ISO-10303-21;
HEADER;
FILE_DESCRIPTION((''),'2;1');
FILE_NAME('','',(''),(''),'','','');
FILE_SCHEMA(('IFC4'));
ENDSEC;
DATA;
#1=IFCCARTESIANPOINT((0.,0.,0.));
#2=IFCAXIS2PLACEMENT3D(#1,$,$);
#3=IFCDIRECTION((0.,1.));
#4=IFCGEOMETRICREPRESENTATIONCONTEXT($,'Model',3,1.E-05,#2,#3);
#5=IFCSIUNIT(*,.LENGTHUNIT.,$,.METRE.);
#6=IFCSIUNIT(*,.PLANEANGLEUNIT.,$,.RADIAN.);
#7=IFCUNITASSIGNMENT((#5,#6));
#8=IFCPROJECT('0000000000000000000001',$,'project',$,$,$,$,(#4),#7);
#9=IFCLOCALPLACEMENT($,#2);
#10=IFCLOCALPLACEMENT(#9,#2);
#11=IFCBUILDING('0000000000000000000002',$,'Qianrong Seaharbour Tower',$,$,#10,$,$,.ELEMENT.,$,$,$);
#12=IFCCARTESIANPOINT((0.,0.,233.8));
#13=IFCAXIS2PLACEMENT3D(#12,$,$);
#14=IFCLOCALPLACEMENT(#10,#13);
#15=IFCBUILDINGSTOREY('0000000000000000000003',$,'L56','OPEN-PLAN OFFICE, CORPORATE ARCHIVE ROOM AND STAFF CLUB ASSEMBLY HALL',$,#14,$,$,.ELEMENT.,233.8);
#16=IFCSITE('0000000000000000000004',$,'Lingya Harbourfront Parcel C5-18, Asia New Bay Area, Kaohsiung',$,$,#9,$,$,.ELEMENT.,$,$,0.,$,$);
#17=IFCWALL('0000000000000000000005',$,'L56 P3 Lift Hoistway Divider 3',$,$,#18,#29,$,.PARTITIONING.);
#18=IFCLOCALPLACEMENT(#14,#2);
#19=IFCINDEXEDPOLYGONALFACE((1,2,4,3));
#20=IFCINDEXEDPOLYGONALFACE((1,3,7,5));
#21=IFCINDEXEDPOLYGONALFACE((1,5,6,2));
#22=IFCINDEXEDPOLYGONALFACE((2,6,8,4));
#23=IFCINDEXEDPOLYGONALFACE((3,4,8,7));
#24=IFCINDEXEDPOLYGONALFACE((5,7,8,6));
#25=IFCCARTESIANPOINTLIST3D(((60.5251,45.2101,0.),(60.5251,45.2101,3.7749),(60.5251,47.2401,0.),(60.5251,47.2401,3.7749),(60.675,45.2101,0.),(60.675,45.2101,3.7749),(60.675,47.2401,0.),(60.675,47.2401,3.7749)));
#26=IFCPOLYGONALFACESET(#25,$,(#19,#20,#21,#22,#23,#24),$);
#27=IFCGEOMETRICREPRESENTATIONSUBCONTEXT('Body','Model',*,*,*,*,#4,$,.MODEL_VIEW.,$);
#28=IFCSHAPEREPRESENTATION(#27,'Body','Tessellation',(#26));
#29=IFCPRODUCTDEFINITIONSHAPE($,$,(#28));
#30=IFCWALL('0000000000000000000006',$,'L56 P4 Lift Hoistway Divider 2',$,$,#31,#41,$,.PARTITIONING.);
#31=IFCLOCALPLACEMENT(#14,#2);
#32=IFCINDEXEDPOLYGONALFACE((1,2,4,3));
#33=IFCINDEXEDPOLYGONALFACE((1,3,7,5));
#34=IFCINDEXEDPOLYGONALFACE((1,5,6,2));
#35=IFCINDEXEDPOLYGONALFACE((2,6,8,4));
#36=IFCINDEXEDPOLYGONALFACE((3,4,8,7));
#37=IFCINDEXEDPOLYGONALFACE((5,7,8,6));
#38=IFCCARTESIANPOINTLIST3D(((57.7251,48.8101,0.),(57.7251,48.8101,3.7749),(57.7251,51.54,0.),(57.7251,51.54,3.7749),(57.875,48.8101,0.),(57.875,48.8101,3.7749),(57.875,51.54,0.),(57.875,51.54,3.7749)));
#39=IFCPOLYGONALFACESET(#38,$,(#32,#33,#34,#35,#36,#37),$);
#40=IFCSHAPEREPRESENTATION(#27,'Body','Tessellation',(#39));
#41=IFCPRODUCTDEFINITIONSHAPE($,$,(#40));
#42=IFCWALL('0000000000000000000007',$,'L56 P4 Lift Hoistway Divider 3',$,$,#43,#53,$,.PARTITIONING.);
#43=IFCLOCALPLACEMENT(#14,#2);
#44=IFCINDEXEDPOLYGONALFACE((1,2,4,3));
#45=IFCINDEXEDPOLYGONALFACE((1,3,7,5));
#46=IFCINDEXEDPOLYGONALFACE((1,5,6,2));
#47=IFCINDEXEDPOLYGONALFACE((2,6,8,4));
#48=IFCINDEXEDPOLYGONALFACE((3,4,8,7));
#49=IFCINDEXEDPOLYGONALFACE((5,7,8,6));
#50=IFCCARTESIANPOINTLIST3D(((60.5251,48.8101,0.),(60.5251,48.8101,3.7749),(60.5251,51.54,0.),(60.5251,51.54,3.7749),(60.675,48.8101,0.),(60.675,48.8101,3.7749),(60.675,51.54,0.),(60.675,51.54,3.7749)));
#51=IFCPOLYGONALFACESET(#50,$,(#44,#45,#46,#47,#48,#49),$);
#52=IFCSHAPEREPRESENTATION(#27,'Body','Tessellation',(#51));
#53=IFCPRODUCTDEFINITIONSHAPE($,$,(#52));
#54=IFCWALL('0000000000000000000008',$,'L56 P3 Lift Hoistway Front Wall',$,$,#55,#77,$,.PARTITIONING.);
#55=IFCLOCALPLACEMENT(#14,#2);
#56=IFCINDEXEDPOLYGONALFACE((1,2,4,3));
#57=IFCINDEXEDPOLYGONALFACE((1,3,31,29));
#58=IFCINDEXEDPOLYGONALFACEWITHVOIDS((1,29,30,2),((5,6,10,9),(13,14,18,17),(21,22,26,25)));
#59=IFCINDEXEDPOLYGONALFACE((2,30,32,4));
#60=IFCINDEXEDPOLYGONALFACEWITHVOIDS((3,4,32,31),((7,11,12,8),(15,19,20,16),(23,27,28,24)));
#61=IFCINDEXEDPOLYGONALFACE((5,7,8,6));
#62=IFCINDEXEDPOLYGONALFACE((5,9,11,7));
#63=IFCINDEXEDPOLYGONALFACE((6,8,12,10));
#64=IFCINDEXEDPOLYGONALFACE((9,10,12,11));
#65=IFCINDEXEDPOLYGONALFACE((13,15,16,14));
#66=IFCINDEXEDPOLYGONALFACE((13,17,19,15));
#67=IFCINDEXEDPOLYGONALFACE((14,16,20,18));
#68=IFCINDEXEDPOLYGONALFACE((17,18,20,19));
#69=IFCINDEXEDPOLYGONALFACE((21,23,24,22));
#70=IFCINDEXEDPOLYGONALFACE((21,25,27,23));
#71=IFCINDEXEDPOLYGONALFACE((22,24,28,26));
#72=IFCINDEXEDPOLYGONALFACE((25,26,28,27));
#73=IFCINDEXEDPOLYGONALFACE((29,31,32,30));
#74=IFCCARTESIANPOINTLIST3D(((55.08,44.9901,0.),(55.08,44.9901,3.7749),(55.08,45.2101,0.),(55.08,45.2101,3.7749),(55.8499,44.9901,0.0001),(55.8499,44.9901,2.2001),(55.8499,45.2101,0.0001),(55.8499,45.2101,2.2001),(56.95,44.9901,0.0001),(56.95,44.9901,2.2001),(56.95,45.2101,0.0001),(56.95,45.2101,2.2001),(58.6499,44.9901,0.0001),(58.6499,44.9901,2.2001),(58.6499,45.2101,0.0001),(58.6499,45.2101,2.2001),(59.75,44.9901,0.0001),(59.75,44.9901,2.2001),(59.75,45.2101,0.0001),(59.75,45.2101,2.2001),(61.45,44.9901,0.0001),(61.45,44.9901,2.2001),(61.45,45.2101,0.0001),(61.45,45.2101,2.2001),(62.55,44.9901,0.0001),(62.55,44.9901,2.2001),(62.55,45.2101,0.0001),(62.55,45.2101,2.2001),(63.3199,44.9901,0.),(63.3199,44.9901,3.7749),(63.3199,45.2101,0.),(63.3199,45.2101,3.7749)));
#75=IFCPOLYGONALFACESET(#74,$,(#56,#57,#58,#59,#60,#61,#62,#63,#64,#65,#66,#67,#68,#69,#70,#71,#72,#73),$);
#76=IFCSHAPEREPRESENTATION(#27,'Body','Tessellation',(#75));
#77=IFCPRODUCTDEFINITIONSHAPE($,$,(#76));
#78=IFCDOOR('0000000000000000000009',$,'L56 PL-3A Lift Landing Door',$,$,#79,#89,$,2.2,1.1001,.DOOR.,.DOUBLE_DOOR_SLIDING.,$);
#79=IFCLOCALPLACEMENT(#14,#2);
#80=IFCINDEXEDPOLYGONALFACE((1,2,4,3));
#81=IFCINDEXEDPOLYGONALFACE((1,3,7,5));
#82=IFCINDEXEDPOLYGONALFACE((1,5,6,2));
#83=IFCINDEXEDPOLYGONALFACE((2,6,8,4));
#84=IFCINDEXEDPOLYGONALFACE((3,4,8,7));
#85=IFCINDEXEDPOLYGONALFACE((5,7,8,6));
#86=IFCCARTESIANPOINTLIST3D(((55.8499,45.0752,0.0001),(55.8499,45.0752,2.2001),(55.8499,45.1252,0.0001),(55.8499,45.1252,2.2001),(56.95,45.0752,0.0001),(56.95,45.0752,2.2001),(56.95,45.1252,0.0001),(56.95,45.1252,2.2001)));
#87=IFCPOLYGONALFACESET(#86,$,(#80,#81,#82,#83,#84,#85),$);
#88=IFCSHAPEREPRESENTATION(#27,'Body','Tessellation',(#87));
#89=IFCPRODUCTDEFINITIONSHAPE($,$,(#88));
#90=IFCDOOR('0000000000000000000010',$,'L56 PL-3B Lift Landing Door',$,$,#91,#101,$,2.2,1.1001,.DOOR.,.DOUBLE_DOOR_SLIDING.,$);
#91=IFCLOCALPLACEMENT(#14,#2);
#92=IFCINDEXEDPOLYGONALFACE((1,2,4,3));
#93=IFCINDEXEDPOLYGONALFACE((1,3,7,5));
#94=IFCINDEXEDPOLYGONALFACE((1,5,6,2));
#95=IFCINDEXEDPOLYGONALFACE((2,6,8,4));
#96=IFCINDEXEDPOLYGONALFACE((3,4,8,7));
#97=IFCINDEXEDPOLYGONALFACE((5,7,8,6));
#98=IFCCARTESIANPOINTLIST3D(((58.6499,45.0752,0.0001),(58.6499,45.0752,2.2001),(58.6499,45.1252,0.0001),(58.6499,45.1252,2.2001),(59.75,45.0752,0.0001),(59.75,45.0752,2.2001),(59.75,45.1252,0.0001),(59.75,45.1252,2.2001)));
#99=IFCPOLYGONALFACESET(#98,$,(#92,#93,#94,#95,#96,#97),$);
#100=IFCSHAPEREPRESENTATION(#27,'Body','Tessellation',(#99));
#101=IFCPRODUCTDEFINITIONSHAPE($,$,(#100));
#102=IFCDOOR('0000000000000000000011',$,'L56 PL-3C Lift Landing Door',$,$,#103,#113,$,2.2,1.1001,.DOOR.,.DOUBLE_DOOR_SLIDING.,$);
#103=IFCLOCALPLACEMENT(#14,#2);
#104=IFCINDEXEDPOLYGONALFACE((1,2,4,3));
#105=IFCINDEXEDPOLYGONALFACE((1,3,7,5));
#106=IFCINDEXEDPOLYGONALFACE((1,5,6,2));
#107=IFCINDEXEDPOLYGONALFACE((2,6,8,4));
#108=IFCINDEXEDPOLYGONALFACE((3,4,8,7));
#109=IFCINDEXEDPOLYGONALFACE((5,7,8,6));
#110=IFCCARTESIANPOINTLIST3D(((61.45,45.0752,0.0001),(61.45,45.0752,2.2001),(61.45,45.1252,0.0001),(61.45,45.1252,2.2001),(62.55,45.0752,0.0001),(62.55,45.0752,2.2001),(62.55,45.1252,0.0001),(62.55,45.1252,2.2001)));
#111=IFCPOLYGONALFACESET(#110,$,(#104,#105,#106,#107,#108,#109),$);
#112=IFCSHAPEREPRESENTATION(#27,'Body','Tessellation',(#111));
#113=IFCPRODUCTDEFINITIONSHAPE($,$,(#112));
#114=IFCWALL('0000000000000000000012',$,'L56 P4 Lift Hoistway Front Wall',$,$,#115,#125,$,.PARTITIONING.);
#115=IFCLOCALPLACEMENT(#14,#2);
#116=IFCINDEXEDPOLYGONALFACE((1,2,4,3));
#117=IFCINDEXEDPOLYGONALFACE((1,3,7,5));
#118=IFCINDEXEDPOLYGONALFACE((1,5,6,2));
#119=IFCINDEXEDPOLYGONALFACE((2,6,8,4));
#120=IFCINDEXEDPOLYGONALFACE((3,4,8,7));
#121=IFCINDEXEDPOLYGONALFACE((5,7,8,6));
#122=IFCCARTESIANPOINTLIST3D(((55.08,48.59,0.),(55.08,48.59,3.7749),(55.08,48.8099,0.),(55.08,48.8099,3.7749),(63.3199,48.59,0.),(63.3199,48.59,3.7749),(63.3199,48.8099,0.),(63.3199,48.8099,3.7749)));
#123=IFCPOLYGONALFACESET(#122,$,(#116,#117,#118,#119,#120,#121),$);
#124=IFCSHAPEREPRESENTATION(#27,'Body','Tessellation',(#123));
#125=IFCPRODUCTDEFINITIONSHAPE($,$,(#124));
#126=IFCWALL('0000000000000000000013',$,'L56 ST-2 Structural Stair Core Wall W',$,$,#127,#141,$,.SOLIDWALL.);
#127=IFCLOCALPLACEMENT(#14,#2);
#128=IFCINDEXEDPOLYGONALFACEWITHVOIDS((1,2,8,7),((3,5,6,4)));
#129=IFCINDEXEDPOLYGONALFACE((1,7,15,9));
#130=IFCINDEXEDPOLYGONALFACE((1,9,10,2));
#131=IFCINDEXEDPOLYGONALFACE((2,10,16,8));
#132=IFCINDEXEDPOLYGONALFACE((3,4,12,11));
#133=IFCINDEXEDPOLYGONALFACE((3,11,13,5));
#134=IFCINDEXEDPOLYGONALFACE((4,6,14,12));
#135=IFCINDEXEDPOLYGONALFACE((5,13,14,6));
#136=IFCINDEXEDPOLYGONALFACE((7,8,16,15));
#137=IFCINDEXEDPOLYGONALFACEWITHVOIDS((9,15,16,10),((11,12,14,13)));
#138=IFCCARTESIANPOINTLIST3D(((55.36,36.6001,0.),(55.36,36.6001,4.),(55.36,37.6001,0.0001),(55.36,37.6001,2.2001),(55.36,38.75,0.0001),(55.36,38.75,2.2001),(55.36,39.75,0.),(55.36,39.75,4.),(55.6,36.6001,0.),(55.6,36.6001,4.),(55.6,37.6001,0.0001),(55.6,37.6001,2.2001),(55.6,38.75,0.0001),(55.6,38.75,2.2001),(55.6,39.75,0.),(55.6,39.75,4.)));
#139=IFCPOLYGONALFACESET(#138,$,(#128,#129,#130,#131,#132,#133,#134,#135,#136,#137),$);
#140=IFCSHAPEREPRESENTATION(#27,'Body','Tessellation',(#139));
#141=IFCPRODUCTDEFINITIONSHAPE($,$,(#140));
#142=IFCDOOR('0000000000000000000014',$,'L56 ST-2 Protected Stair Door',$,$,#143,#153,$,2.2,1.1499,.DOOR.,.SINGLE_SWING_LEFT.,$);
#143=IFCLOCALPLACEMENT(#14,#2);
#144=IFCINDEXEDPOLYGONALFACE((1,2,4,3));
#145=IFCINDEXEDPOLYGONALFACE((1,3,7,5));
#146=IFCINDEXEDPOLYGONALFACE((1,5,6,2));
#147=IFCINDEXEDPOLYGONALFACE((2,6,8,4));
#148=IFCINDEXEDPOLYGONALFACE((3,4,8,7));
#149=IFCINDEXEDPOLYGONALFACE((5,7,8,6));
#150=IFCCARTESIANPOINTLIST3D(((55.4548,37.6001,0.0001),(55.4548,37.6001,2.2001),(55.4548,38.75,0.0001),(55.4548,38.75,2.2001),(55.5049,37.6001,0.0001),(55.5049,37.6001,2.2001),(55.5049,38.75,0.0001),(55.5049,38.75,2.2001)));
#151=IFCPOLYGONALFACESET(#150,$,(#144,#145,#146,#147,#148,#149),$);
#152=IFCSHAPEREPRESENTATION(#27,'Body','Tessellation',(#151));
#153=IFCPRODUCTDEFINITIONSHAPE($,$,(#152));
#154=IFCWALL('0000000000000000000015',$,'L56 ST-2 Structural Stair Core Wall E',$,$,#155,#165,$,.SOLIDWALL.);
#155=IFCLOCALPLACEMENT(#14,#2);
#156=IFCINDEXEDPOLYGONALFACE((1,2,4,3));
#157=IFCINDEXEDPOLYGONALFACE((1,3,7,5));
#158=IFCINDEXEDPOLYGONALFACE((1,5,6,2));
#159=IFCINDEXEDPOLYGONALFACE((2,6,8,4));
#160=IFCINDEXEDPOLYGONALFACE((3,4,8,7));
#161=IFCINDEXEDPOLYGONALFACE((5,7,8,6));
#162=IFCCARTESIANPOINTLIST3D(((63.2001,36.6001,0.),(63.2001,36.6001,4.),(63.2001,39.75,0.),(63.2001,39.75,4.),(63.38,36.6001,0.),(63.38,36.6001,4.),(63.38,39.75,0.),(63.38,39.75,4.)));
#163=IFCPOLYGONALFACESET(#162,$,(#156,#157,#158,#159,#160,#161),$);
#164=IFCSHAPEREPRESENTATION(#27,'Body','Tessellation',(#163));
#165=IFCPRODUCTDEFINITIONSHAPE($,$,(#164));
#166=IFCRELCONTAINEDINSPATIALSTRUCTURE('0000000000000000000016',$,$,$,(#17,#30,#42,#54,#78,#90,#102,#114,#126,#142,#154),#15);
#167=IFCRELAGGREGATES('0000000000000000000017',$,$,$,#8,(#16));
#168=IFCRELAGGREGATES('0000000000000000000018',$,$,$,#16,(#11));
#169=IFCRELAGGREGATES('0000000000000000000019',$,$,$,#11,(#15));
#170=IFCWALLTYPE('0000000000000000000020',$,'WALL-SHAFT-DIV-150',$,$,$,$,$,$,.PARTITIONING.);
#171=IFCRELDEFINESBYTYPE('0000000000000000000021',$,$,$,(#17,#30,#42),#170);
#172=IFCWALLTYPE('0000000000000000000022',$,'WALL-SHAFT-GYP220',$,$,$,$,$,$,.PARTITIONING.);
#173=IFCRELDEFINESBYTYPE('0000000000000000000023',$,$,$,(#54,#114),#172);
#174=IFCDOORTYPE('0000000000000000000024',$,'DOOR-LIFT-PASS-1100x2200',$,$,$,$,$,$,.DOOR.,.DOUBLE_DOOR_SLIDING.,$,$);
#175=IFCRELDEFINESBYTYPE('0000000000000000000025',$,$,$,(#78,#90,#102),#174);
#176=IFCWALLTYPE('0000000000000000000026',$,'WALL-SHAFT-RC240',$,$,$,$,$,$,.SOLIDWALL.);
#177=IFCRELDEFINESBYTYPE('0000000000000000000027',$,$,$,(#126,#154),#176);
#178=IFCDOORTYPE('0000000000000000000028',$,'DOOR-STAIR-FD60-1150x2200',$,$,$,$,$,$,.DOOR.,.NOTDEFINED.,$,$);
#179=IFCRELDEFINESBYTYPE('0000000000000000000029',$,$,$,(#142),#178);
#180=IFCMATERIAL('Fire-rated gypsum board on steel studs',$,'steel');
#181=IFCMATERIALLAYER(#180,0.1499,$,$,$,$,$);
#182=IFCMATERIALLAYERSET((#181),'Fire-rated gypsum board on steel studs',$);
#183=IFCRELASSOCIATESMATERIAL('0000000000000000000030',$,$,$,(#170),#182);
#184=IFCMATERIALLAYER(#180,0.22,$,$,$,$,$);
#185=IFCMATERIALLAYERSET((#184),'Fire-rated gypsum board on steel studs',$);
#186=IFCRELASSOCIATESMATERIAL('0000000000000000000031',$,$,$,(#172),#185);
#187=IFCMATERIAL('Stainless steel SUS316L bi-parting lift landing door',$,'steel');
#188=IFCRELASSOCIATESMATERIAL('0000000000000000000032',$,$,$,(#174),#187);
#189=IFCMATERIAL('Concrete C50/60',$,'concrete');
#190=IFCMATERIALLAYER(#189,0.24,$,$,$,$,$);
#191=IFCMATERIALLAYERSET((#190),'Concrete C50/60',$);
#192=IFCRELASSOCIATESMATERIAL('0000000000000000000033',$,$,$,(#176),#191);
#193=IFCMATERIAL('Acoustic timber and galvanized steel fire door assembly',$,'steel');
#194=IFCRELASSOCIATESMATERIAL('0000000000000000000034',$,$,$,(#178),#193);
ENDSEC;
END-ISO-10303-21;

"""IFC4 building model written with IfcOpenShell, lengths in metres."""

from ifc_helpers import new_model, si_unit, direction, frame, frame_2d, origin, place, context, subcontext, project, spatial, rectangle, extrude, material, layer, layer_set, type_object, element, fill, save


model = new_model("IFC4")

# Units and contexts
model_context = context("Model", 3, precision=1e-05, world=origin(), true_north=direction((0.0, 1.0)))
body_context = subcontext(model_context, "Body", "Model", "MODEL_VIEW")
ifc_project = project(units=[si_unit("LENGTHUNIT", "METRE"), si_unit("PLANEANGLEUNIT", "RADIAN")], contexts=[model_context])

# Site, building, storey
site_placement = place(None, origin())
site = spatial("IfcSite", under=ifc_project, at=site_placement, Name="Lingya Harbourfront Parcel C5-18, Asia New Bay Area, Kaohsiung", CompositionType="ELEMENT", RefElevation=0.0)
building_placement = place(site_placement, origin())
building = spatial("IfcBuilding", under=site, at=building_placement, Name="Qianrong Seaharbour Tower", CompositionType="ELEMENT")
storey_placement = place(building_placement, frame((0.0, 0.0, 233.8)))
storey = spatial("IfcBuildingStorey", under=building, at=storey_placement, Name="L56", Description="OPEN-PLAN OFFICE, CORPORATE ARCHIVE ROOM AND STAFF CLUB ASSEMBLY HALL", CompositionType="ELEMENT", Elevation=233.8)

# Shared definitions
ifc_material_1 = material(Name="Acoustic timber and galvanized steel fire door assembly", Category="steel")

# Walls
ifc_material_2 = material(Name="Fire-rated gypsum board on steel studs", Category="steel")
ifc_layer_1 = layer(ifc_material_2, 0.1499)
ifc_layer_set_1 = layer_set([ifc_layer_1], Name="Fire-rated gypsum board on steel studs")
wall_type_1 = type_object("IfcWallType", Name="WALL-SHAFT-DIV-150", PredefinedType="PARTITIONING", material=ifc_layer_set_1)
for number, where, z_axis, x_axis, name in (
    (1, (60.6001, 45.21, 0.0), (0.0, 0.0, 1.0), (0.0, 1.0, 0.0), "L56 P3 Lift Hoistway Divider 3"),
):
    element("IfcWall", number, at=place(storey_placement, frame(where, z_axis=z_axis, x_axis=x_axis)), inside=storey, type_object=wall_type_1, Name=name, PredefinedType="PARTITIONING", context=body_context, shape_type="SweptSolid", body=[
        extrude(rectangle(XDim=2.03, YDim=0.1499, at=frame_2d((1.0151, 0.0))), origin(), (0.0, 0.0, 1.0), 3.7749),
    ])
for number, where, z_axis, x_axis, name in (
    (2, (57.8, 48.8101, 0.0), (0.0, 0.0, 1.0), (0.0, 1.0, 0.0), "L56 P4 Lift Hoistway Divider 2"),
    (3, (60.6001, 48.8101, 0.0), (0.0, 0.0, 1.0), (0.0, 1.0, 0.0), "L56 P4 Lift Hoistway Divider 3"),
):
    element("IfcWall", number, at=place(storey_placement, frame(where, z_axis=z_axis, x_axis=x_axis)), inside=storey, type_object=wall_type_1, Name=name, PredefinedType="PARTITIONING", context=body_context, shape_type="SweptSolid", body=[
        extrude(rectangle(XDim=2.73, YDim=0.1499, at=frame_2d((1.365, 0.0))), origin(), (0.0, 0.0, 1.0), 3.7749),
    ])

# Wall, openings, doors
ifc_layer_2 = layer(ifc_material_2, 0.22)
ifc_layer_set_2 = layer_set([ifc_layer_2], Name="Fire-rated gypsum board on steel studs")
wall_type_2 = type_object("IfcWallType", Name="WALL-SHAFT-GYP220", PredefinedType="PARTITIONING", material=ifc_layer_set_2)
wall_1_placement = place(storey_placement, frame((63.3201, 45.1001, 0.0), z_axis=(0.0, 0.0, 1.0), x_axis=(-1.0, 0.0, 0.0)))
wall_1 = element("IfcWall", 4, at=wall_1_placement, inside=storey, type_object=wall_type_2, Name="L56 P3 Lift Hoistway Front Wall", PredefinedType="PARTITIONING", context=body_context, shape_type="SweptSolid", body=[
    extrude(rectangle(XDim=8.24, YDim=0.22, at=frame_2d((4.1201, 0.0))), origin(), (0.0, 0.0, 1.0), 3.7749),
])
opening_1_placement = place(wall_1_placement, frame((6.3701, 0.0, 0.0)))
opening_1 = element("IfcOpeningElement", 5, at=opening_1_placement, cuts=wall_1, PredefinedType="OPENING", context=body_context, shape_type="SweptSolid", body=[
    extrude(rectangle(XDim=1.1001, YDim=2.2, at=frame_2d((0.55, 1.1001))), frame((0.0, 0.1201, 0.0), z_axis=(0.0, -1.0, 0.0), x_axis=(1.0, 0.0, 0.0)), (0.0, 0.0, 1.0), 0.24),
])
opening_2_placement = place(wall_1_placement, frame((3.5701, 0.0, 0.0)))
opening_2 = element("IfcOpeningElement", 6, at=opening_2_placement, cuts=wall_1, PredefinedType="OPENING", context=body_context, shape_type="SweptSolid", body=[
    extrude(rectangle(XDim=1.1001, YDim=2.2, at=frame_2d((0.55, 1.1001))), frame((0.0, 0.1201, 0.0), z_axis=(0.0, -1.0, 0.0), x_axis=(1.0, 0.0, 0.0)), (0.0, 0.0, 1.0), 0.24),
])
opening_3_placement = place(wall_1_placement, frame((0.77, 0.0, 0.0)))
opening_3 = element("IfcOpeningElement", 7, at=opening_3_placement, cuts=wall_1, PredefinedType="OPENING", context=body_context, shape_type="SweptSolid", body=[
    extrude(rectangle(XDim=1.1001, YDim=2.2, at=frame_2d((0.55, 1.1001))), frame((0.0, 0.1201, 0.0), z_axis=(0.0, -1.0, 0.0), x_axis=(1.0, 0.0, 0.0)), (0.0, 0.0, 1.0), 0.24),
])
ifc_material_3 = material(Name="Stainless steel SUS316L bi-parting lift landing door", Category="steel")
door_type_1 = type_object("IfcDoorType", Name="DOOR-LIFT-PASS-1100x2200", OperationType="DOUBLE_DOOR_SLIDING", PredefinedType="DOOR", material=ifc_material_3)
door_1_placement = place(opening_1_placement, origin())
door_1 = element("IfcDoor", 8, at=door_1_placement, inside=storey, type_object=door_type_1, Name="L56 PL-3A Lift Landing Door", OperationType="DOUBLE_DOOR_SLIDING", OverallHeight=2.2, OverallWidth=1.1001, PredefinedType="DOOR", context=body_context, shape_type="SweptSolid", body=[
    extrude(rectangle(XDim=1.1001, YDim=2.2, at=frame_2d((0.55, 1.1001))), frame((0.0, 0.0249, 0.0), z_axis=(0.0, -1.0, 0.0), x_axis=(1.0, 0.0, 0.0)), (0.0, 0.0, 1.0), 0.05),
])
fill(opening_1, door_1)
door_2_placement = place(opening_2_placement, origin())
door_2 = element("IfcDoor", 9, at=door_2_placement, inside=storey, type_object=door_type_1, Name="L56 PL-3B Lift Landing Door", OperationType="DOUBLE_DOOR_SLIDING", OverallHeight=2.2, OverallWidth=1.1001, PredefinedType="DOOR", context=body_context, shape_type="SweptSolid", body=[
    extrude(rectangle(XDim=1.1001, YDim=2.2, at=frame_2d((0.55, 1.1001))), frame((0.0, 0.0249, 0.0), z_axis=(0.0, -1.0, 0.0), x_axis=(1.0, 0.0, 0.0)), (0.0, 0.0, 1.0), 0.05),
])
fill(opening_2, door_2)
door_3_placement = place(opening_3_placement, origin())
door_3 = element("IfcDoor", 10, at=door_3_placement, inside=storey, type_object=door_type_1, Name="L56 PL-3C Lift Landing Door", OperationType="DOUBLE_DOOR_SLIDING", OverallHeight=2.2, OverallWidth=1.1001, PredefinedType="DOOR", context=body_context, shape_type="SweptSolid", body=[
    extrude(rectangle(XDim=1.1001, YDim=2.2, at=frame_2d((0.55, 1.1001))), frame((0.0, 0.0249, 0.0), z_axis=(0.0, -1.0, 0.0), x_axis=(1.0, 0.0, 0.0)), (0.0, 0.0, 1.0), 0.05),
])
fill(opening_3, door_3)

# Wall
wall_2_placement = place(storey_placement, frame((63.3201, 48.7, 0.0), z_axis=(0.0, 0.0, 1.0), x_axis=(-1.0, 0.0, 0.0)))
element("IfcWall", 11, at=wall_2_placement, inside=storey, type_object=wall_type_2, Name="L56 P4 Lift Hoistway Front Wall", PredefinedType="PARTITIONING", context=body_context, shape_type="SweptSolid", body=[
    extrude(rectangle(XDim=8.24, YDim=0.22, at=frame_2d((4.1201, 0.0))), origin(), (0.0, 0.0, 1.0), 3.7749),
])

# Wall, opening, door
ifc_material_4 = material(Name="Concrete C50/60", Category="concrete")
ifc_layer_3 = layer(ifc_material_4, 0.24)
ifc_layer_set_3 = layer_set([ifc_layer_3], Name="Concrete C50/60")
wall_type_3 = type_object("IfcWallType", Name="WALL-SHAFT-RC240", PredefinedType="SOLIDWALL", material=ifc_layer_set_3)
wall_3_placement = place(storey_placement, frame((55.48, 39.75, 0.0), z_axis=(0.0, 0.0, 1.0), x_axis=(0.0, -1.0, 0.0)))
wall_3 = element("IfcWall", 12, at=wall_3_placement, inside=storey, type_object=wall_type_3, Name="L56 ST-2 Structural Stair Core Wall W", PredefinedType="SOLIDWALL", context=body_context, shape_type="SweptSolid", body=[
    extrude(rectangle(XDim=3.1499, YDim=0.24, at=frame_2d((1.575, 0.0))), origin(), (0.0, 0.0, 1.0), 4.0),
])
opening_4_placement = place(wall_3_placement, frame((1.0, 0.0, 0.0)))
opening_4 = element("IfcOpeningElement", 13, at=opening_4_placement, cuts=wall_3, PredefinedType="OPENING", context=body_context, shape_type="SweptSolid", body=[
    extrude(rectangle(XDim=1.1499, YDim=2.2, at=frame_2d((0.575, 1.1001))), frame((0.0, 0.1299, 0.0), z_axis=(0.0, -1.0, 0.0), x_axis=(1.0, 0.0, 0.0)), (0.0, 0.0, 1.0), 0.26),
])
door_type_2 = type_object("IfcDoorType", Name="DOOR-STAIR-FD60-1150x2200", OperationType="NOTDEFINED", PredefinedType="DOOR", material=ifc_material_1)
door_4_placement = place(opening_4_placement, origin())
door_4 = element("IfcDoor", 14, at=door_4_placement, inside=storey, type_object=door_type_2, Name="L56 ST-2 Protected Stair Door", OperationType="SINGLE_SWING_LEFT", OverallHeight=2.2, OverallWidth=1.1499, PredefinedType="DOOR", context=body_context, shape_type="SweptSolid", body=[
    extrude(rectangle(XDim=1.1499, YDim=2.2, at=frame_2d((0.575, 1.1001))), frame((0.0, 0.0249, 0.0), z_axis=(0.0, -1.0, 0.0), x_axis=(1.0, 0.0, 0.0)), (0.0, 0.0, 1.0), 0.05),
])
fill(opening_4, door_4)

# Wall
wall_4_placement = place(storey_placement, frame((63.29, 36.6001, 0.0), z_axis=(0.0, 0.0, 1.0), x_axis=(0.0, 1.0, 0.0)))
element("IfcWall", 15, at=wall_4_placement, inside=storey, type_object=wall_type_3, Name="L56 ST-2 Structural Stair Core Wall E", PredefinedType="SOLIDWALL", context=body_context, shape_type="SweptSolid", body=[
    extrude(rectangle(XDim=3.1499, YDim=0.1799, at=frame_2d((1.575, 0.0))), origin(), (0.0, 0.0, 1.0), 4.0),
])

save(model, "model.ifc")
